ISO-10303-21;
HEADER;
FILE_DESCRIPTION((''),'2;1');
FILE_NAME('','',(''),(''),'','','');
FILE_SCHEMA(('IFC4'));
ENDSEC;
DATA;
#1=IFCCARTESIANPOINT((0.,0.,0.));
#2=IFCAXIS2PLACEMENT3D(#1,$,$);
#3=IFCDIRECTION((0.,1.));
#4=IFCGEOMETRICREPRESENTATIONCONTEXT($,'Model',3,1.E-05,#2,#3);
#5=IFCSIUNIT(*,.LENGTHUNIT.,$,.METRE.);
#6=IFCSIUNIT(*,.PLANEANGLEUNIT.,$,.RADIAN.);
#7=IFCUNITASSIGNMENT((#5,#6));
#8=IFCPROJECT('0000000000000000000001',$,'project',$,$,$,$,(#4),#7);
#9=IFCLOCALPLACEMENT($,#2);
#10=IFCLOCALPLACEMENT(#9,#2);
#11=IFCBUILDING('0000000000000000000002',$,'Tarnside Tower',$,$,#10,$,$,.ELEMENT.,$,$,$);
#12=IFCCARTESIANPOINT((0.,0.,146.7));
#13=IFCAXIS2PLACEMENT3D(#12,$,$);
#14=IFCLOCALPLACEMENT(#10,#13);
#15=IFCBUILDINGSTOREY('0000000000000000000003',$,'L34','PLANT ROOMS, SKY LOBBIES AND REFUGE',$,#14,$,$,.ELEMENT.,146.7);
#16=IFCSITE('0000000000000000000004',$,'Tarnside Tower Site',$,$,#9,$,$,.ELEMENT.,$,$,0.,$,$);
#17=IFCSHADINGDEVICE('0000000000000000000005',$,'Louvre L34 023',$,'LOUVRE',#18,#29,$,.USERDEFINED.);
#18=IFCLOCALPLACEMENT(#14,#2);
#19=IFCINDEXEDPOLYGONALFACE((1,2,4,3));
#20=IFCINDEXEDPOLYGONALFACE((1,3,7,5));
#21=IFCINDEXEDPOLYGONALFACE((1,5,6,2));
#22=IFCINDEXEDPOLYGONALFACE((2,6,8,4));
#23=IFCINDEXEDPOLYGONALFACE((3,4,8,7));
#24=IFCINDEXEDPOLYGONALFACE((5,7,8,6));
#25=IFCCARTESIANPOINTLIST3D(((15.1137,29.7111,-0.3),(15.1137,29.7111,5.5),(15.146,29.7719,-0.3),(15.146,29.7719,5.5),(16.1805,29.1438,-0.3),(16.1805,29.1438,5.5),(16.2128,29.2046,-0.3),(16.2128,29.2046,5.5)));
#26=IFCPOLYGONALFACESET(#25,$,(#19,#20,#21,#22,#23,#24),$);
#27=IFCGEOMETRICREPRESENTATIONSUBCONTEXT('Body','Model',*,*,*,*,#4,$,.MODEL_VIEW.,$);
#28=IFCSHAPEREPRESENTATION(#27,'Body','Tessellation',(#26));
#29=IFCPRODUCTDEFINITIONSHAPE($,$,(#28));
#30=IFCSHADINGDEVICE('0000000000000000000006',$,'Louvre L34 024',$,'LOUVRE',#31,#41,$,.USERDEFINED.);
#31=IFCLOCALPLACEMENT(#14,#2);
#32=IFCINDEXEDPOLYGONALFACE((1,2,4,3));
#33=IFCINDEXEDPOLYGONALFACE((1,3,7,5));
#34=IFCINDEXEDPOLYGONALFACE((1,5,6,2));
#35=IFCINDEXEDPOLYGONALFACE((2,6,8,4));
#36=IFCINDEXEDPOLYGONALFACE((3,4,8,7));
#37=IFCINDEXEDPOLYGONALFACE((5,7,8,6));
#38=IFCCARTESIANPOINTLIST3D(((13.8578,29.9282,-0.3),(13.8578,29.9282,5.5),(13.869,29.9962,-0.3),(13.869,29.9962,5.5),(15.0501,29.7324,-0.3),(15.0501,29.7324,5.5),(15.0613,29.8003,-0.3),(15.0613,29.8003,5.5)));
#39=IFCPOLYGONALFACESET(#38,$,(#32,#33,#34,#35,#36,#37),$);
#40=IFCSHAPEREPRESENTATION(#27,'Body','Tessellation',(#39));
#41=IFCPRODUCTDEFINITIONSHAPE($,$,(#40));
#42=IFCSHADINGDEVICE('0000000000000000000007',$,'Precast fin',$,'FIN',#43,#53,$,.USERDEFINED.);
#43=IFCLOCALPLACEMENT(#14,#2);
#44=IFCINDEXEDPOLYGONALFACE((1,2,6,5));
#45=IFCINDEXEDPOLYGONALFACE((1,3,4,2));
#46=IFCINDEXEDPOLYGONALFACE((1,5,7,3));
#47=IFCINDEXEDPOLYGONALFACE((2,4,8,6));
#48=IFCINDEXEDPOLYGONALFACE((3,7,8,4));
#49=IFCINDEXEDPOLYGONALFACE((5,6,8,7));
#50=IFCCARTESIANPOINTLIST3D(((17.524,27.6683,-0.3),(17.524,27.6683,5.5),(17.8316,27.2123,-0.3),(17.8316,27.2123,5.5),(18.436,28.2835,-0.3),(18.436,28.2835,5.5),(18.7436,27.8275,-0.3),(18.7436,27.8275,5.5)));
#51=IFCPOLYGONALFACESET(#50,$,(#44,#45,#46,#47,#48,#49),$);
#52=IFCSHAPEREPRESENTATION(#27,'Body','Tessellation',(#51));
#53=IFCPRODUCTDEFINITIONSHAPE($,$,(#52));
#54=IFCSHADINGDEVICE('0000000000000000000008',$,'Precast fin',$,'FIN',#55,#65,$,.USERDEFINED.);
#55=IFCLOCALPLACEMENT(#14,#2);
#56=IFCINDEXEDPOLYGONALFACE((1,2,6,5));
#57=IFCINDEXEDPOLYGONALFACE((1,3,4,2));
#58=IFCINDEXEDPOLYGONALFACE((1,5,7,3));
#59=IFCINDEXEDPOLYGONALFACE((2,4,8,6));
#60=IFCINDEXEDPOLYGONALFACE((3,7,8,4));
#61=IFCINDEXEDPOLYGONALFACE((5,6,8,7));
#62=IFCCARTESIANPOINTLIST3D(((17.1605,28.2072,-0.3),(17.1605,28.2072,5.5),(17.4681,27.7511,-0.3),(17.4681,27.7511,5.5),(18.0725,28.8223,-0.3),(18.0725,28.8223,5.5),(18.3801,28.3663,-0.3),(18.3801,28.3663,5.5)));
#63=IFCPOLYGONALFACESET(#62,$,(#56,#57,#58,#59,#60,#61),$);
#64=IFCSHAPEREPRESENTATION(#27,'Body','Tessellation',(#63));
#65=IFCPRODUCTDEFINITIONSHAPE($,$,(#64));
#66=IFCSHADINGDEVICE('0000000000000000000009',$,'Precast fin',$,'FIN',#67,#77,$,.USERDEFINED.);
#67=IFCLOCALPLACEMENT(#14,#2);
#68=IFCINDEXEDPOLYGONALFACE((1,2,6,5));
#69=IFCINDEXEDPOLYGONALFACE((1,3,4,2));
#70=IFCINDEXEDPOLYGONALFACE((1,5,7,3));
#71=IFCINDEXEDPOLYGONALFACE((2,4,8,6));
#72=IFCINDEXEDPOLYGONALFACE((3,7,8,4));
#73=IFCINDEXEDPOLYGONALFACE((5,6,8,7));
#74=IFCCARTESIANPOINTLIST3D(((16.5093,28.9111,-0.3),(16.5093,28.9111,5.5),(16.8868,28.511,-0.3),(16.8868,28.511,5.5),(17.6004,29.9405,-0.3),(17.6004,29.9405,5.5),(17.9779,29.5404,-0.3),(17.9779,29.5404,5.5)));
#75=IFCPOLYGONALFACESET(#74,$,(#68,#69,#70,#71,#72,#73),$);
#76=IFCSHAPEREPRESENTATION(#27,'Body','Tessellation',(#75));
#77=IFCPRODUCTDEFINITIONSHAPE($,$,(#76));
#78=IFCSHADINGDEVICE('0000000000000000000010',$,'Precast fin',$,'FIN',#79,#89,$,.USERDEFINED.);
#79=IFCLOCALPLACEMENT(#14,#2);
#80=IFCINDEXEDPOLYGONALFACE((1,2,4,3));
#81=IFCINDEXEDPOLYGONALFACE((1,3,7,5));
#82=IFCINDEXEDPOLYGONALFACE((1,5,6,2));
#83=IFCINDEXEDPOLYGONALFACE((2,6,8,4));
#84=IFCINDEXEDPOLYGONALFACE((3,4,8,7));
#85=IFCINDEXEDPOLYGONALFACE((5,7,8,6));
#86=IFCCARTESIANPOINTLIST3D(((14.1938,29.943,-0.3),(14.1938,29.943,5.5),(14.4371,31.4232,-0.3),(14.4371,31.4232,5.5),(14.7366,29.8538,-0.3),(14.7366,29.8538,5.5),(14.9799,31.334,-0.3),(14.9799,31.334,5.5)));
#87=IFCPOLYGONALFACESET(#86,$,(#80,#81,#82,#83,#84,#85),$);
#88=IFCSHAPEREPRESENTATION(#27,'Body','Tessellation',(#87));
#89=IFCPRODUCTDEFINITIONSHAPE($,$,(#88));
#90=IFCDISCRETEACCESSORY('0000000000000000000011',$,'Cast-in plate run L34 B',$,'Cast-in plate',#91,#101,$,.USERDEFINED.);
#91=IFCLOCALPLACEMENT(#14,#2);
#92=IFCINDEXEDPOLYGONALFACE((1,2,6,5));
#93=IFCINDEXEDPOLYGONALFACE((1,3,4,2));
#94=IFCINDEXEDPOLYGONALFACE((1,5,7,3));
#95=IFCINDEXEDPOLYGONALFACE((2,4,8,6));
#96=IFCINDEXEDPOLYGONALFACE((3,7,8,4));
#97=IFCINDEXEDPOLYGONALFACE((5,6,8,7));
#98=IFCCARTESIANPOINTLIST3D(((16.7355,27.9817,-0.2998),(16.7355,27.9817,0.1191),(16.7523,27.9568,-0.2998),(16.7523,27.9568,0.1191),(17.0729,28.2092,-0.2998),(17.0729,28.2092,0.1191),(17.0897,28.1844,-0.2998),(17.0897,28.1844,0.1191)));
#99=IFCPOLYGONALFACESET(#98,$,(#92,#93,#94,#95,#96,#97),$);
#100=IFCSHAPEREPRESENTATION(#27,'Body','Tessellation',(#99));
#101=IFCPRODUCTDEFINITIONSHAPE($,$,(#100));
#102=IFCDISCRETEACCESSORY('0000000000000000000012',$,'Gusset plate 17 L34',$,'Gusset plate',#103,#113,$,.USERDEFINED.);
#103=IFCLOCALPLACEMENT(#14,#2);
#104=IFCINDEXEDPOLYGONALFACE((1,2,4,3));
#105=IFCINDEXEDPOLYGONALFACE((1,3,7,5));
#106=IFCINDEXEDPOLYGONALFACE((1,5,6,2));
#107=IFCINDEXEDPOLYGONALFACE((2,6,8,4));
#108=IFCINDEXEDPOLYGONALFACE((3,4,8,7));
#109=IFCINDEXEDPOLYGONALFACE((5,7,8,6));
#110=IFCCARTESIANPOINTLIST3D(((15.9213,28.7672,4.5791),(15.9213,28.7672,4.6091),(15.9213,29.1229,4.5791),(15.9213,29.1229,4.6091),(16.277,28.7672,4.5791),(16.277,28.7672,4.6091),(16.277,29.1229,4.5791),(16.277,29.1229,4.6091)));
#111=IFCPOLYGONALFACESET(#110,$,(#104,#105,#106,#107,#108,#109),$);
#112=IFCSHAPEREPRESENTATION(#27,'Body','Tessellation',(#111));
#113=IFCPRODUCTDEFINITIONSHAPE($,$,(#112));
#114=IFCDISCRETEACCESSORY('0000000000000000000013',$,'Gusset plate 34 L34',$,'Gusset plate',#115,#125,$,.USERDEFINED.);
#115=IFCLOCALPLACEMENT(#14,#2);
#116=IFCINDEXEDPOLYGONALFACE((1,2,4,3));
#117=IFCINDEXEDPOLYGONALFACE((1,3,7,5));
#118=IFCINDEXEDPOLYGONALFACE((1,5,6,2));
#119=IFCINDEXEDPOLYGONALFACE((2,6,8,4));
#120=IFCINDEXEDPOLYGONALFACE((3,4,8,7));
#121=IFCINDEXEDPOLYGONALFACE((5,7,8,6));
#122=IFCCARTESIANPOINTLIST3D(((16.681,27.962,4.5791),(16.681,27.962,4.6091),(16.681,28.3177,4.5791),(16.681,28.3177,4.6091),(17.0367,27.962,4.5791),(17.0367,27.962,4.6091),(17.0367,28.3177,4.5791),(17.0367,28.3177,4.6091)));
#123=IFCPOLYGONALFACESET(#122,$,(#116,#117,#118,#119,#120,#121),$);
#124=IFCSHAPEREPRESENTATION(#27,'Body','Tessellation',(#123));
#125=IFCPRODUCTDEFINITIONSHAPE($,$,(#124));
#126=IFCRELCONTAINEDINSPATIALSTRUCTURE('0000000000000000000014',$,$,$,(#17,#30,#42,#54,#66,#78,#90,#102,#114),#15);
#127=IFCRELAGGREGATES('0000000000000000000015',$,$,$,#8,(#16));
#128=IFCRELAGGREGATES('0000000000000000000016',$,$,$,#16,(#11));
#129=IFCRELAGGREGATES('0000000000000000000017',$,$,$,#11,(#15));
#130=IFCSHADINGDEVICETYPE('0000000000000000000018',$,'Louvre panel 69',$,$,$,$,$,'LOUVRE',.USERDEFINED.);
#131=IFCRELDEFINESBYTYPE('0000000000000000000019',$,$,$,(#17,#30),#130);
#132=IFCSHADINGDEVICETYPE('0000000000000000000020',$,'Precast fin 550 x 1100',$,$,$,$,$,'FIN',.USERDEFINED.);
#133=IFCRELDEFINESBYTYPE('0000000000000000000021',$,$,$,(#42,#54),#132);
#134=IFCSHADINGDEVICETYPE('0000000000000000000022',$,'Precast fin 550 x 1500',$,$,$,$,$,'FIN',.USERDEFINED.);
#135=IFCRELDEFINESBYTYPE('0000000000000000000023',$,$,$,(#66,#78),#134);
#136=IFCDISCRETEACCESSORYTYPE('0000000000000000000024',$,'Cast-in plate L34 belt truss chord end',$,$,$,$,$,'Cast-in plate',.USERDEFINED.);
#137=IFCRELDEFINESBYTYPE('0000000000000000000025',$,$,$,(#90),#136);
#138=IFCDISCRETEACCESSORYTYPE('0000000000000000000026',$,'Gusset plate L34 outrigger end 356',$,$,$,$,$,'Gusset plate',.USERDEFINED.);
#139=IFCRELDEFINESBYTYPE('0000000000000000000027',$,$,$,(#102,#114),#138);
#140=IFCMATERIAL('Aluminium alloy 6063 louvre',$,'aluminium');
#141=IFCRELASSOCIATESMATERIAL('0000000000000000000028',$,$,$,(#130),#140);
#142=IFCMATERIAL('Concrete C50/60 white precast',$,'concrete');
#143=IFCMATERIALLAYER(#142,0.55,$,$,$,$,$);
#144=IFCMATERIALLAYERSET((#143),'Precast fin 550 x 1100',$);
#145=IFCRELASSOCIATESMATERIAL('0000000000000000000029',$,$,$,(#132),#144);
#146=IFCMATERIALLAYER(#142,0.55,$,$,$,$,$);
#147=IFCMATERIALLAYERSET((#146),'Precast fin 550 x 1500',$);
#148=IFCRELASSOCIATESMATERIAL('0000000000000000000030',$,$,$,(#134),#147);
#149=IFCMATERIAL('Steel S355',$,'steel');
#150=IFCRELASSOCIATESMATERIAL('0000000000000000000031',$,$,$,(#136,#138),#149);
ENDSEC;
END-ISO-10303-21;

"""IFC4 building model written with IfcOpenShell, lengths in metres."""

from ifc_helpers import new_model, si_unit, direction, frame, origin, origin_2d, place, context, subcontext, project, spatial, polyline, rectangle, outline, extrude, material, layer, layer_set, type_object, element, save


model = new_model("IFC4")

# Units and contexts
model_context = context("Model", 3, precision=1e-05, world=origin(), true_north=direction((0.0, 1.0)))
body_context = subcontext(model_context, "Body", "Model", "MODEL_VIEW")
ifc_project = project(units=[si_unit("LENGTHUNIT", "METRE"), si_unit("PLANEANGLEUNIT", "RADIAN")], contexts=[model_context])

# Site, building, storey
site_placement = place(None, origin())
site = spatial("IfcSite", under=ifc_project, at=site_placement, Name="Tarnside Tower Site", CompositionType="ELEMENT", RefElevation=0.0)
building_placement = place(site_placement, origin())
building = spatial("IfcBuilding", under=site, at=building_placement, Name="Tarnside Tower", CompositionType="ELEMENT")
storey_placement = place(building_placement, frame((0.0, 0.0, 146.7)))
storey = spatial("IfcBuildingStorey", under=building, at=storey_placement, Name="L34", Description="PLANT ROOMS, SKY LOBBIES AND REFUGE", CompositionType="ELEMENT", Elevation=146.7)

# Shared definitions
ifc_material_1 = material(Name="Steel S355", Category="steel")

# Shading devices
ifc_material_2 = material(Name="Aluminium alloy 6063 louvre", Category="aluminium")
shading_device_type_1 = type_object("IfcShadingDeviceType", Name="Louvre panel 69", ElementType="LOUVRE", PredefinedType="USERDEFINED", material=ifc_material_2)
for number, where, z_axis, x_axis, name in (
    (1, (15.647, 29.4275, -0.3), (0.882923, -0.469518, 0.0), (0.469518, 0.882923, 0.0), "Louvre L34 023"),
    (2, (14.4539, 29.8303, -0.3), (0.986769, -0.16213, 0.0), (0.16213, 0.986769, 0.0), "Louvre L34 024"),
):
    element("IfcShadingDevice", number, at=place(storey_placement, frame(where, z_axis=z_axis, x_axis=x_axis)), inside=storey, type_object=shading_device_type_1, Name=name, ObjectType="LOUVRE", PredefinedType="USERDEFINED", context=body_context, shape_type="SweptSolid", body=[
        extrude(outline(polyline([(0.0, 0.0), (0.0688, 0.0), (0.0688, 5.8), (0.0, 5.8), (0.0, 0.0)])), frame((0.0, 0.0, -0.604)), (0.0, 0.0, 1.0), 1.2083),
    ])
ifc_material_3 = material(Name="Concrete C50/60 white precast", Category="concrete")
ifc_layer_1 = layer(ifc_material_3, 0.55)
ifc_layer_set_1 = layer_set([ifc_layer_1], Name="Precast fin 550 x 1100")
shading_device_type_2 = type_object("IfcShadingDeviceType", Name="Precast fin 550 x 1100", ElementType="FIN", PredefinedType="USERDEFINED", material=ifc_layer_set_1)
for number, where, z_axis, x_axis, name in (
    (3, (17.6777, 27.4404, -0.3), (0.559193, -0.829038, 0.0), (0.829038, 0.559193, 0.0), "Precast fin"),
    (4, (17.3142, 27.9792, -0.3), (0.559193, -0.829038, 0.0), (0.829038, 0.559193, 0.0), "Precast fin"),
):
    element("IfcShadingDevice", number, at=place(storey_placement, frame(where, z_axis=z_axis, x_axis=x_axis)), inside=storey, type_object=shading_device_type_2, Name=name, ObjectType="FIN", PredefinedType="USERDEFINED", context=body_context, shape_type="SweptSolid", body=[
        extrude(outline(polyline([(0.0, 0.0), (1.1001, 0.0), (1.1001, 5.8), (0.0, 5.8), (0.0, 0.0)])), frame((0.0, 0.0, -0.2749)), (0.0, 0.0, 1.0), 0.55),
    ])
ifc_layer_2 = layer(ifc_material_3, 0.55)
ifc_layer_set_2 = layer_set([ifc_layer_2], Name="Precast fin 550 x 1500")
shading_device_type_3 = type_object("IfcShadingDeviceType", Name="Precast fin 550 x 1500", ElementType="FIN", PredefinedType="USERDEFINED", material=ifc_layer_set_2)
for number, where, z_axis, x_axis, name in (
    (5, (16.698, 28.7112, -0.3), (0.686242, -0.727374, 0.0), (0.727374, 0.686242, 0.0), "Precast fin"),
    (6, (14.4651, 29.8984, -0.3), (0.986762, -0.162178, 0.0), (0.162178, 0.986762, 0.0), "Precast fin"),
):
    element("IfcShadingDevice", number, at=place(storey_placement, frame(where, z_axis=z_axis, x_axis=x_axis)), inside=storey, type_object=shading_device_type_3, Name=name, ObjectType="FIN", PredefinedType="USERDEFINED", context=body_context, shape_type="SweptSolid", body=[
        extrude(outline(polyline([(0.0, 0.0), (1.5, 0.0), (1.5, 5.8), (0.0, 5.8), (0.0, 0.0)])), frame((0.0, 0.0, -0.2749)), (0.0, 0.0, 1.0), 0.55),
    ])

# Discrete accessories
discrete_accessory_type_1 = type_object("IfcDiscreteAccessoryType", Name="Cast-in plate L34 belt truss chord end", ElementType="Cast-in plate", PredefinedType="USERDEFINED", material=ifc_material_1)
discrete_accessory_placement = place(storey_placement, frame((16.9126, 28.083, -0.2998), z_axis=(0.0, 0.0, 1.0), x_axis=(-0.559193, 0.829038, 0.0)))
element("IfcDiscreteAccessory", 7, at=discrete_accessory_placement, inside=storey, type_object=discrete_accessory_type_1, Name="Cast-in plate run L34 B", ObjectType="Cast-in plate", PredefinedType="USERDEFINED", context=body_context, shape_type="SweptSolid", body=[
    extrude(rectangle(XDim=0.03, YDim=0.407, at=origin_2d()), origin(), (0.0, 0.0, 1.0), 0.4189),
])
discrete_accessory_type_2 = type_object("IfcDiscreteAccessoryType", Name="Gusset plate L34 outrigger end 356", ElementType="Gusset plate", PredefinedType="USERDEFINED", material=ifc_material_1)
for number, where, z_axis, x_axis, name in (
    (8, (16.0991, 28.9451, 4.5791), (0.0, 0.0, 1.0), (1.0, 0.0, 0.0), "Gusset plate 17 L34"),
    (9, (16.8589, 28.1399, 4.5791), (0.0, 0.0, 1.0), (1.0, 0.0, 0.0), "Gusset plate 34 L34"),
):
    element("IfcDiscreteAccessory", number, at=place(storey_placement, frame(where, z_axis=z_axis, x_axis=x_axis)), inside=storey, type_object=discrete_accessory_type_2, Name=name, ObjectType="Gusset plate", PredefinedType="USERDEFINED", context=body_context, shape_type="SweptSolid", body=[
        extrude(rectangle(XDim=0.3557, YDim=0.3557, at=origin_2d()), origin(), (0.0, 0.0, 1.0), 0.03),
    ])

save(model, "model.ifc")
